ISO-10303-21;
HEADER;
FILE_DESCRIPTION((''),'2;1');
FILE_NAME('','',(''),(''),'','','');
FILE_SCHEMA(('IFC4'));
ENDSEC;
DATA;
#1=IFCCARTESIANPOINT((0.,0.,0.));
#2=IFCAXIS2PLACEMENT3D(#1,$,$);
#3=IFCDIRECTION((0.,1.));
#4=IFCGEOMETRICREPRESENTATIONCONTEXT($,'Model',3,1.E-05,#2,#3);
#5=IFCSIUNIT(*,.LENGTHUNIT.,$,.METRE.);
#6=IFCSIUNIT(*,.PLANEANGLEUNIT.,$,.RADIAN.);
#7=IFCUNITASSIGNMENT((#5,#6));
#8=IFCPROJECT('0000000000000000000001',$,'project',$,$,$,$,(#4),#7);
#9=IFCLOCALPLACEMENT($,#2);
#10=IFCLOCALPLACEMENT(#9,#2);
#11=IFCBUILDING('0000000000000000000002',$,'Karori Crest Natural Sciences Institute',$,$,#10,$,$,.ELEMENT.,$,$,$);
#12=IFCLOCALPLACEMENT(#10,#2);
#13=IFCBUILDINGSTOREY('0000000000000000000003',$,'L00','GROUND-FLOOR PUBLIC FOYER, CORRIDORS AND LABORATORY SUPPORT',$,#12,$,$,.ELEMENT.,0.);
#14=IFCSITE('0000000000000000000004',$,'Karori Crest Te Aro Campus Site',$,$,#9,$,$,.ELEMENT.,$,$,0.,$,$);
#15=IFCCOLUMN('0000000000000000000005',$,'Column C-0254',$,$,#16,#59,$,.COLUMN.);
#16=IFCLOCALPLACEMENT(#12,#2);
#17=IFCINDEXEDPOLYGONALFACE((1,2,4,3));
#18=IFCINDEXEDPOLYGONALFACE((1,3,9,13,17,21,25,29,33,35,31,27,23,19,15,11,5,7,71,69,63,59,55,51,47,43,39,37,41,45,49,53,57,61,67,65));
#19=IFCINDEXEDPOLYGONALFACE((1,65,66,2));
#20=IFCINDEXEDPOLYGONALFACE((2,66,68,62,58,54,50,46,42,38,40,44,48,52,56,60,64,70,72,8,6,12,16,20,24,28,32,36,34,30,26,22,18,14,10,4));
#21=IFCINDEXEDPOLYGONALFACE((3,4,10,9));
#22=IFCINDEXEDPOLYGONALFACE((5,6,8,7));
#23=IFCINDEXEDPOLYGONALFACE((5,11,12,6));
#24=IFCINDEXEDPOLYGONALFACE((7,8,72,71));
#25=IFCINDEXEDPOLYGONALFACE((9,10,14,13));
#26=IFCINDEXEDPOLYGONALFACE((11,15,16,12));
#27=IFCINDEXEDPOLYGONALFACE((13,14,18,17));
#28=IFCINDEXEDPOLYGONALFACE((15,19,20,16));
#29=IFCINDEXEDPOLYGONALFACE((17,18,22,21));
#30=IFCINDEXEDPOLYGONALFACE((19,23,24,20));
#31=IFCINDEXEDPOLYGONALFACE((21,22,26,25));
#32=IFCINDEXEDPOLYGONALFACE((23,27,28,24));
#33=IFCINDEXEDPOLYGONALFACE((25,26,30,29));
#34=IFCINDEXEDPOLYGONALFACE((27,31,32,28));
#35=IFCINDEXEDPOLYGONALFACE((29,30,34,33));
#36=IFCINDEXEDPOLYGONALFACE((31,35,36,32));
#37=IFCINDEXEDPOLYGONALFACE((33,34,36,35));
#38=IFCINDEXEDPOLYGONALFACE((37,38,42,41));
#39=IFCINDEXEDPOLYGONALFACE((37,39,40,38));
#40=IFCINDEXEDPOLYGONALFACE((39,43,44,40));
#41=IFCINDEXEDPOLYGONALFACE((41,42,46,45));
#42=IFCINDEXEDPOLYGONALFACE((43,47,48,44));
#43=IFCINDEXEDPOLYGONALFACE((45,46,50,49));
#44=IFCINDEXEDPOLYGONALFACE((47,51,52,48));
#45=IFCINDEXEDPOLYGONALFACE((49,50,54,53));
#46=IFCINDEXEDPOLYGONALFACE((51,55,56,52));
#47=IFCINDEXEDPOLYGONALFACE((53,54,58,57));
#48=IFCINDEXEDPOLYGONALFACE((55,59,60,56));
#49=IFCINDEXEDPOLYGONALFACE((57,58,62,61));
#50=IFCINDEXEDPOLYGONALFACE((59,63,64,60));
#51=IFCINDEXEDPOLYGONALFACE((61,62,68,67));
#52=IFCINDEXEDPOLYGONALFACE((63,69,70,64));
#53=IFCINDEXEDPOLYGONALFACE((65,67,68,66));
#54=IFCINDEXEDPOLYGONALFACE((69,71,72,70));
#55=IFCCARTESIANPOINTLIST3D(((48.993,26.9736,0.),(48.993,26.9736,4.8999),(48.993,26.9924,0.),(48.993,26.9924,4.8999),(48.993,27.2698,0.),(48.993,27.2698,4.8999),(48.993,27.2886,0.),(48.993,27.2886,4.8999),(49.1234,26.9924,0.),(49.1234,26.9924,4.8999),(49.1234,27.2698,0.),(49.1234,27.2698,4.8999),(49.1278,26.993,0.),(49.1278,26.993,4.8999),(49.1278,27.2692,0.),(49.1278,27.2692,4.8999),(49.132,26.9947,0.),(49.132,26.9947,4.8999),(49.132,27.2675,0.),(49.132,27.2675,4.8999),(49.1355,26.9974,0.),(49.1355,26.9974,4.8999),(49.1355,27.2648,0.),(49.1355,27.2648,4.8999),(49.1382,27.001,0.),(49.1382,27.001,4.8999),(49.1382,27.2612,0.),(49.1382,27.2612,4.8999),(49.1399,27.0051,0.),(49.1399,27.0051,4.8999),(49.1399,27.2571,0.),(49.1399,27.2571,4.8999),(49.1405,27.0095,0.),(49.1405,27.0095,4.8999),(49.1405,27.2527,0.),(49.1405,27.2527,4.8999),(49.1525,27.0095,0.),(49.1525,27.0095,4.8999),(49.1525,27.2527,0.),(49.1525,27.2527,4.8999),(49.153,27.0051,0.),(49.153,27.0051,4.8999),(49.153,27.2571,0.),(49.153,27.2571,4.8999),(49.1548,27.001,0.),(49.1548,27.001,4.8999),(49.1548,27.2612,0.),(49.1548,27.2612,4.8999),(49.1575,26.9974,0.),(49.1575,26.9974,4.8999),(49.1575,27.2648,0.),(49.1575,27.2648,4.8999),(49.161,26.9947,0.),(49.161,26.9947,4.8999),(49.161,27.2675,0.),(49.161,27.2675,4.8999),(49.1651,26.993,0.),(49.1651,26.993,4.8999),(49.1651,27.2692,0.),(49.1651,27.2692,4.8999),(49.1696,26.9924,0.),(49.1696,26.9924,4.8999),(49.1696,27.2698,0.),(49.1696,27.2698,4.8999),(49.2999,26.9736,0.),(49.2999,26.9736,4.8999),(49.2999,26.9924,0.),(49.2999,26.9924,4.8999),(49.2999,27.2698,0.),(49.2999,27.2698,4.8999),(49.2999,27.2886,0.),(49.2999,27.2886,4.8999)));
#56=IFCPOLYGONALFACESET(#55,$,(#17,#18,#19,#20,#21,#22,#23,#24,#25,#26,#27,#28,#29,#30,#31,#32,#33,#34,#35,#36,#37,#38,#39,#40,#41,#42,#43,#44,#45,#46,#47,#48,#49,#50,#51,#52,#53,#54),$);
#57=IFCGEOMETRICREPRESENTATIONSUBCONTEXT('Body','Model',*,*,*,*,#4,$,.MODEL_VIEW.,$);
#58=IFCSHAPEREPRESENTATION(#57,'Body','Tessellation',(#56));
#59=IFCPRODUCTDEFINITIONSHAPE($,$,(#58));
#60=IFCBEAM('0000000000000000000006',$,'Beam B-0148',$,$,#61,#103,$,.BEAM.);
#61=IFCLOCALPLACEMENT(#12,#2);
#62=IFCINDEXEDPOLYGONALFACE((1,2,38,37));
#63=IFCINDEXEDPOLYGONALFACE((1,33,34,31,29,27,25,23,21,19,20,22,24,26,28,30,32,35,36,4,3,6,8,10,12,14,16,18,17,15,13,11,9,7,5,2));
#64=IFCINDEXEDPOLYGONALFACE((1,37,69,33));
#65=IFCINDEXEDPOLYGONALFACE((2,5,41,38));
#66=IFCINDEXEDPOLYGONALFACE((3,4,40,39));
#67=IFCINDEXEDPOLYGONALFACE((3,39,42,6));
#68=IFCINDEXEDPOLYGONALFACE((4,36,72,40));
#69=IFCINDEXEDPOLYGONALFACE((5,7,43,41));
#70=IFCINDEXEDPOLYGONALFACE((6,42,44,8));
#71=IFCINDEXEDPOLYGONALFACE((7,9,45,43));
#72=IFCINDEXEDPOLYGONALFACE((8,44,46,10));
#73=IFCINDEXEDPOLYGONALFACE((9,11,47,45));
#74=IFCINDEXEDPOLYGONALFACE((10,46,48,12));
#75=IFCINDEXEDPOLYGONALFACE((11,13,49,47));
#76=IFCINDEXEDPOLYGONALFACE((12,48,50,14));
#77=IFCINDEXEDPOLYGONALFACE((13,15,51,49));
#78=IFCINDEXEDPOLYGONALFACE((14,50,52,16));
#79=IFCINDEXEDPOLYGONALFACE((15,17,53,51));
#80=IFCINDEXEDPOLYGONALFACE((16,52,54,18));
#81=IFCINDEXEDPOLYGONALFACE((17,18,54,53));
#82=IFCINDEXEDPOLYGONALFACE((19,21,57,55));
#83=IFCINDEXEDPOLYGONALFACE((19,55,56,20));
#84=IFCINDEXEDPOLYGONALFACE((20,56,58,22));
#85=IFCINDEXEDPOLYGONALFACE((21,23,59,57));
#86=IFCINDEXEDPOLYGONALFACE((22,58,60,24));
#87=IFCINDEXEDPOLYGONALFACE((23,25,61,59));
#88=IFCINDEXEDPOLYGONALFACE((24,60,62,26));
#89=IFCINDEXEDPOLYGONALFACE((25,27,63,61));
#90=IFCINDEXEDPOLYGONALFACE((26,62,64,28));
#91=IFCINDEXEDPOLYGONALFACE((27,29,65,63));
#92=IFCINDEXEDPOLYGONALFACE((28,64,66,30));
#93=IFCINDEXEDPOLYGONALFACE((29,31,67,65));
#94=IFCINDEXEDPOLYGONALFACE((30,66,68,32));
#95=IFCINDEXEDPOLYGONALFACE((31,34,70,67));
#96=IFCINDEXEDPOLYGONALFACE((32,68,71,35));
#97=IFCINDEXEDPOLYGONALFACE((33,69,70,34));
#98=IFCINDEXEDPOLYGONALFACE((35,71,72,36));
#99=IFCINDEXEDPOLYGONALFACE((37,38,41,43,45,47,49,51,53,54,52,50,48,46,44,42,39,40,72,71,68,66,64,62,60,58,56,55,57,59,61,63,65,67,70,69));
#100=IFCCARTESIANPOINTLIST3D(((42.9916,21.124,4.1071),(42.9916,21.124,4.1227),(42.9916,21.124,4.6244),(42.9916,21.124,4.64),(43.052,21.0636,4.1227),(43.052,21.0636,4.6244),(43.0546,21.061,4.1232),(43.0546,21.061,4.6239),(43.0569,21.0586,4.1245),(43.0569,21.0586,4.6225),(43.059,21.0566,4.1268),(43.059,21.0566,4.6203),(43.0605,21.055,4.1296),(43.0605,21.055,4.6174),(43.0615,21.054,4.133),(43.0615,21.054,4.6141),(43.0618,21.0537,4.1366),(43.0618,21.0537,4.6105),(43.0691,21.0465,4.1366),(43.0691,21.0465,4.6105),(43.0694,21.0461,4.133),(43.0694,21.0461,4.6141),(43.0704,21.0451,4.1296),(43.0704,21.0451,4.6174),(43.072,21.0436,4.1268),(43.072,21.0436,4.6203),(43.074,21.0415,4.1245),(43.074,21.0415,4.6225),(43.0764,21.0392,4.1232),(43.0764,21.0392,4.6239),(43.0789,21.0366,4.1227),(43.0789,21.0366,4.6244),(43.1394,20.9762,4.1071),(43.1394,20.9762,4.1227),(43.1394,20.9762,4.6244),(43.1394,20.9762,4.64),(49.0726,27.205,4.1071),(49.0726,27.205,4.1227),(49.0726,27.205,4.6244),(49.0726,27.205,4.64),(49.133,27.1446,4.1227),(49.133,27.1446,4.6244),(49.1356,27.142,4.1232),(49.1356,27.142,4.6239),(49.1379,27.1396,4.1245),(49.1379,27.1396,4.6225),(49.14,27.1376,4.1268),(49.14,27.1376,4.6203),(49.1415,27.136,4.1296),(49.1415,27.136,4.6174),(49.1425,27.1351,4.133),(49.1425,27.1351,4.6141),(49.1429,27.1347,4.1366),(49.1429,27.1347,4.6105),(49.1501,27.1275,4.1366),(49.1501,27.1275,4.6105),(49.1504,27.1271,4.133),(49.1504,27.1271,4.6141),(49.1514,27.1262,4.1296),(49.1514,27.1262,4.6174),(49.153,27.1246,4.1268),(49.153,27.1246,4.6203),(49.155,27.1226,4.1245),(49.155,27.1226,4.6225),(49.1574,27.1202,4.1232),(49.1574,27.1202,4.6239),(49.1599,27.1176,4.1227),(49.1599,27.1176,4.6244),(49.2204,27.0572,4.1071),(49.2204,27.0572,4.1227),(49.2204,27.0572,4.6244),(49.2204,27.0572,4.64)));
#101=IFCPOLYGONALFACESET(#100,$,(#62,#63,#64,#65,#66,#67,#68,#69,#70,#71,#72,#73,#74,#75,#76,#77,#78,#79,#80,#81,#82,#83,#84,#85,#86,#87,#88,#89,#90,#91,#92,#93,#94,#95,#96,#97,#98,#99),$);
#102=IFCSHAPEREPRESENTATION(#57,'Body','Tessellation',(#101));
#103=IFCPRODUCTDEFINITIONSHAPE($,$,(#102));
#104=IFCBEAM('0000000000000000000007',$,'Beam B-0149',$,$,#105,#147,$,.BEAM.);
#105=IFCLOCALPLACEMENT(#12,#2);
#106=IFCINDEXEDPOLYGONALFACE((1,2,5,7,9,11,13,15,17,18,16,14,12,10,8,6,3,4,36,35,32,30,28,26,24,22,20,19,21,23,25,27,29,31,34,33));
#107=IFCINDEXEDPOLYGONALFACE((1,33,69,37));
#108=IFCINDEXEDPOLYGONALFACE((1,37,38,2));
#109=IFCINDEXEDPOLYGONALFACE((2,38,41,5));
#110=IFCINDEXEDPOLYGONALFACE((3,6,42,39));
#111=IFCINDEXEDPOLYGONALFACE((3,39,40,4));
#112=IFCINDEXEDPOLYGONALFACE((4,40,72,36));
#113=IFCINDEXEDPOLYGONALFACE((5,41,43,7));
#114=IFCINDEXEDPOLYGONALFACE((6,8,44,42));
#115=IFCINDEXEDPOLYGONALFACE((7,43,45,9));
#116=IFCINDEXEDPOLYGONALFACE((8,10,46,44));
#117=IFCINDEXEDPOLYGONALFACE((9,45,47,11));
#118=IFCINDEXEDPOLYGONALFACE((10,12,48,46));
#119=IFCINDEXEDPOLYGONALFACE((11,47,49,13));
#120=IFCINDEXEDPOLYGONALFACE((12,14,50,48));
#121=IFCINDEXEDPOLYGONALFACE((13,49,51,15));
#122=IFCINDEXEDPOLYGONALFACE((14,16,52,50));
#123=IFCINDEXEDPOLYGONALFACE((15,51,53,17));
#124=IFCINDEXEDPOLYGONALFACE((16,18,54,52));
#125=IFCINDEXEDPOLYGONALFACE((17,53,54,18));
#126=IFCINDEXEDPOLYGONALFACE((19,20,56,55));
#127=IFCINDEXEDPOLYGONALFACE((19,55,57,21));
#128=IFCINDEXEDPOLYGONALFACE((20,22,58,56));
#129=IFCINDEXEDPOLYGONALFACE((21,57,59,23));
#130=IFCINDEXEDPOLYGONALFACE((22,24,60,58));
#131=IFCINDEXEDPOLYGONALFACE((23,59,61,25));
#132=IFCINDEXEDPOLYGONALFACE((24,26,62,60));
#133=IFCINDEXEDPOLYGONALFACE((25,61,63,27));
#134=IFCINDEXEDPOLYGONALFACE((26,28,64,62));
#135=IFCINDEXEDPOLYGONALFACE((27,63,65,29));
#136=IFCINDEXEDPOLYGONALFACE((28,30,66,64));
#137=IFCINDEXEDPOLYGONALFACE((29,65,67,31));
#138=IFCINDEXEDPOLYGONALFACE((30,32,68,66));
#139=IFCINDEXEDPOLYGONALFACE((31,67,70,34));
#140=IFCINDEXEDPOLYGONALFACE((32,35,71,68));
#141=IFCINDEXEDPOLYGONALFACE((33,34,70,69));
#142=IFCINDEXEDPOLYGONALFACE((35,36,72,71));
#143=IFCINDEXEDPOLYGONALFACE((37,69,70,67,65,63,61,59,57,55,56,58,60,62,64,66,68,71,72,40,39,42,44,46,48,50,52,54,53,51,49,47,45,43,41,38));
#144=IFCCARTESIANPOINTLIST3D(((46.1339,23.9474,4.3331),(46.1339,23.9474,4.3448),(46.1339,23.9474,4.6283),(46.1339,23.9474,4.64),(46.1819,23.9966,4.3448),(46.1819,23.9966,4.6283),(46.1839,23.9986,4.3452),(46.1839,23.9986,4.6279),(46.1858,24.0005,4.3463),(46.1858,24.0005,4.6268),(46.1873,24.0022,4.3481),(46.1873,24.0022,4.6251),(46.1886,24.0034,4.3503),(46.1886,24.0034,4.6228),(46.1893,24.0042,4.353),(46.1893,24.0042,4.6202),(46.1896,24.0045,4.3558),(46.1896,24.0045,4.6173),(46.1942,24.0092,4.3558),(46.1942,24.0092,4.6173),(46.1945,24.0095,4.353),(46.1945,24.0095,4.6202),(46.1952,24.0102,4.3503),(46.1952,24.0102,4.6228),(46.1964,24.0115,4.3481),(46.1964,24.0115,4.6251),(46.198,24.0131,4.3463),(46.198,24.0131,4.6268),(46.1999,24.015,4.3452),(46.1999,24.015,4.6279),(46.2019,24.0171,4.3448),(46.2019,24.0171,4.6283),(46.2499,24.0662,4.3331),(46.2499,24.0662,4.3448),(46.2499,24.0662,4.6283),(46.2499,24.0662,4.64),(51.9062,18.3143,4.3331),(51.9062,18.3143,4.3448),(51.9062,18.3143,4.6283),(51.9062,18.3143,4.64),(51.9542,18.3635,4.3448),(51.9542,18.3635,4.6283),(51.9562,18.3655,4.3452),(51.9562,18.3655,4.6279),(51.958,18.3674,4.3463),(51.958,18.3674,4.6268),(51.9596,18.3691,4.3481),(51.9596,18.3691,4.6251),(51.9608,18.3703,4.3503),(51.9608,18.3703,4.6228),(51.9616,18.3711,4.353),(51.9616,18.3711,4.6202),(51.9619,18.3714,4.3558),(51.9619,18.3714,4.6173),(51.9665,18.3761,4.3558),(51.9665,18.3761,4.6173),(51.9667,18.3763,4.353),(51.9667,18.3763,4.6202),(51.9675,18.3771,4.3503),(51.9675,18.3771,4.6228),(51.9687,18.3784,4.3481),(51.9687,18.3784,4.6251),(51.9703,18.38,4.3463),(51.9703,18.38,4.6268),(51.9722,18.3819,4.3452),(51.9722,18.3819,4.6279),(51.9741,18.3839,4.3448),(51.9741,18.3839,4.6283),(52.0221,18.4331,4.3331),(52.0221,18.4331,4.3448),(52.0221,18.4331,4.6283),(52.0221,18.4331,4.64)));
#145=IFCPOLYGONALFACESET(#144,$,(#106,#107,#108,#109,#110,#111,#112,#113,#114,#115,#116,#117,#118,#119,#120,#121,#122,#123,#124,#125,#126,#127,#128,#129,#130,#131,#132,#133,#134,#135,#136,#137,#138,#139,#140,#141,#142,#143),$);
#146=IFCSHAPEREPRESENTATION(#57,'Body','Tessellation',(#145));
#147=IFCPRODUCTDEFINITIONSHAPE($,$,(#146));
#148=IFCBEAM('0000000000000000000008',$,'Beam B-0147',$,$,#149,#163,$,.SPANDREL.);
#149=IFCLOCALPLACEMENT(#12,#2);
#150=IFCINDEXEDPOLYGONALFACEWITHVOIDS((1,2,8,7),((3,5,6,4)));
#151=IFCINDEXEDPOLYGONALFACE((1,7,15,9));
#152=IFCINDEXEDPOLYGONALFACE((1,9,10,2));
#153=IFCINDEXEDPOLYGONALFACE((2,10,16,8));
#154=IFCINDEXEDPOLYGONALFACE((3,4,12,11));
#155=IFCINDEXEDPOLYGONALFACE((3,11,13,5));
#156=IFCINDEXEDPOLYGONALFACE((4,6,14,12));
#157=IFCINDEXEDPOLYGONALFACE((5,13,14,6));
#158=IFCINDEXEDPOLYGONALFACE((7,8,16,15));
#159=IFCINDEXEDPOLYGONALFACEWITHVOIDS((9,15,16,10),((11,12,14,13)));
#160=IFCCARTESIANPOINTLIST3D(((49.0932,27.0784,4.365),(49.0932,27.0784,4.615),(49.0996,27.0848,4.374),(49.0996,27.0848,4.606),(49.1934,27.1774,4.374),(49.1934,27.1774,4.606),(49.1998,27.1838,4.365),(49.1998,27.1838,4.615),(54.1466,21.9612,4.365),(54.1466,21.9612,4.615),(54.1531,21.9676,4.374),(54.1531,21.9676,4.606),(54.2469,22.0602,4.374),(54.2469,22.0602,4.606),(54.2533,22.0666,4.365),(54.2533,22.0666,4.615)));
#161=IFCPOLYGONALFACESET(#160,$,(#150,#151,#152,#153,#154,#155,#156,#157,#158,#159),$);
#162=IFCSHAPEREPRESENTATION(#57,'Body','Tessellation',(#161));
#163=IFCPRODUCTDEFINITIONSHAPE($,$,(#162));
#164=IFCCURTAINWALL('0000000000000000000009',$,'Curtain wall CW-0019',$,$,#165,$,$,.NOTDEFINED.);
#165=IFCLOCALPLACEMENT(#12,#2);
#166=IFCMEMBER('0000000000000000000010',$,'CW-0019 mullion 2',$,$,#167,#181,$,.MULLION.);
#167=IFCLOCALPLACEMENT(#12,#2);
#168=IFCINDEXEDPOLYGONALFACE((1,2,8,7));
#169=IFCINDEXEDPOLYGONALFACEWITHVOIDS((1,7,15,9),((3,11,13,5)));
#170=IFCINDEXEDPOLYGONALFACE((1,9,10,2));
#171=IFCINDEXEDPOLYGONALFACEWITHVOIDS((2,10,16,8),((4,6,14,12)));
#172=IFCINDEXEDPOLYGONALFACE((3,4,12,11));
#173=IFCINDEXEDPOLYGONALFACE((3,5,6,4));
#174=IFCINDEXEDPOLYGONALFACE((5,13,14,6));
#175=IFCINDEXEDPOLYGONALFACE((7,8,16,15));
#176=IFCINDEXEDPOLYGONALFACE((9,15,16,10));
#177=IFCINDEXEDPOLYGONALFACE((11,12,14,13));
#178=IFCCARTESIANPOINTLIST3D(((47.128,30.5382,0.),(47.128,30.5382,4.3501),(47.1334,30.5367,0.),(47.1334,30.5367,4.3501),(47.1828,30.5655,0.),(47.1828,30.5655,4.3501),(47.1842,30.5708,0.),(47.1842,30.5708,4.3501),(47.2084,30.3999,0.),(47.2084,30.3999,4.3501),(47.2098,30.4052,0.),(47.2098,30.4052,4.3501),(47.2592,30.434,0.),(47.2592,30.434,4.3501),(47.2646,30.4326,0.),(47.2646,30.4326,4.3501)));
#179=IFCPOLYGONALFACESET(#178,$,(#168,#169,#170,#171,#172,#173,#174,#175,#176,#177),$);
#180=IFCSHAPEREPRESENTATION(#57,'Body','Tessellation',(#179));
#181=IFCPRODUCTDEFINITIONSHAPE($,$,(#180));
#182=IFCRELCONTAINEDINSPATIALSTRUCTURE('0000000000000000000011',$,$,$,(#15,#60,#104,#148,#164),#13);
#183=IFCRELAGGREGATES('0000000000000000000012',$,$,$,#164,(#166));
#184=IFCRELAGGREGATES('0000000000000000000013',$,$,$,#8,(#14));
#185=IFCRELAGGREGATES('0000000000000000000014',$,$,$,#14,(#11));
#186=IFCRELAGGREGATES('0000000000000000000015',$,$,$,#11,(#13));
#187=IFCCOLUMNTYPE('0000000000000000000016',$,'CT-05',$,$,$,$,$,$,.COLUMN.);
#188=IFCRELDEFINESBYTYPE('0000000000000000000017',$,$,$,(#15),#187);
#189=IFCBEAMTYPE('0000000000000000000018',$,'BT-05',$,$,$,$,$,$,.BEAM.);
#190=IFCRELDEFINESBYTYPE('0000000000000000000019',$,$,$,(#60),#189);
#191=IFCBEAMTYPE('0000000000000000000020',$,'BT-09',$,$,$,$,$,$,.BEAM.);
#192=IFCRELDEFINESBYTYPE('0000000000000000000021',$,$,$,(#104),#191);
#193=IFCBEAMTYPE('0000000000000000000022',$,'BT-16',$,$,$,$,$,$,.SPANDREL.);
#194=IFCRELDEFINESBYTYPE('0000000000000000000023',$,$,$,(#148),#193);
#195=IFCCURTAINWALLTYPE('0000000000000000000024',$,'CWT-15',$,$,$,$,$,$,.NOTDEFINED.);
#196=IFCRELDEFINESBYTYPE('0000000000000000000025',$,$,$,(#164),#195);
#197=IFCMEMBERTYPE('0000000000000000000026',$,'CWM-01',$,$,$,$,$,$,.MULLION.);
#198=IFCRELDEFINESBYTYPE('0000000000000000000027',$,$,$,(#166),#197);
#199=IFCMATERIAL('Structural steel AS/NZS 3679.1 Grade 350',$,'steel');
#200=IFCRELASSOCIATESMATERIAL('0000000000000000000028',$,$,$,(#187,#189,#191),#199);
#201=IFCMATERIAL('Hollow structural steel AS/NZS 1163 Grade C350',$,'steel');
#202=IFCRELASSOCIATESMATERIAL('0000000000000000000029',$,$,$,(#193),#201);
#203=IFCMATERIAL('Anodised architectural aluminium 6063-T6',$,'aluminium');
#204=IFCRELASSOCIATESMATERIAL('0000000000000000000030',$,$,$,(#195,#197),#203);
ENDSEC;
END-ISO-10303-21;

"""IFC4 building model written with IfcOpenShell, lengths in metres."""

from ifc_helpers import new_model, si_unit, direction, frame, origin, origin_2d, place, context, subcontext, project, spatial, hollow_rectangle, i_section, extrude, material, material_profile, profile_set, type_object, element, aggregate, save


model = new_model("IFC4")

# Units and contexts
model_context = context("Model", 3, precision=1e-05, world=origin(), true_north=direction((0.0, 1.0)))
body_context = subcontext(model_context, "Body", "Model", "MODEL_VIEW")
ifc_project = project(units=[si_unit("LENGTHUNIT", "METRE"), si_unit("PLANEANGLEUNIT", "RADIAN")], contexts=[model_context])

# Site, building, storey
site_placement = place(None, origin())
site = spatial("IfcSite", under=ifc_project, at=site_placement, Name="Karori Crest Te Aro Campus Site", CompositionType="ELEMENT", RefElevation=0.0)
building_placement = place(site_placement, origin())
building = spatial("IfcBuilding", under=site, at=building_placement, Name="Karori Crest Natural Sciences Institute", CompositionType="ELEMENT")
storey_placement = place(building_placement, origin())
storey = spatial("IfcBuildingStorey", under=building, at=storey_placement, Name="L00", Description="GROUND-FLOOR PUBLIC FOYER, CORRIDORS AND LABORATORY SUPPORT", CompositionType="ELEMENT", Elevation=0.0)

# Column
ifc_material_1 = material(Name="Structural steel AS/NZS 3679.1 Grade 350", Category="steel")
ifc_material_profile_1 = material_profile(ifc_material_1, i_section(OverallWidth=0.3069, OverallDepth=0.3149, WebThickness=0.012, FlangeThickness=0.0188, FilletRadius=0.0171, at=origin_2d()), Name="310UC118")
ifc_profile_set_1 = profile_set([ifc_material_profile_1], Name="Structural steel AS/NZS 3679.1 Grade 350")
column_type = type_object("IfcColumnType", Name="CT-05", PredefinedType="COLUMN", material=ifc_profile_set_1)
column_placement = place(storey_placement, frame((49.1465, 27.1311, 0.0), z_axis=(0.0, 0.0, 1.0), x_axis=(1.0, 0.0, 0.0)))
element("IfcColumn", 1, at=column_placement, inside=storey, type_object=column_type, Name="Column C-0254", PredefinedType="COLUMN", context=body_context, shape_type="SweptSolid", body=[
    extrude(i_section(OverallWidth=0.3069, OverallDepth=0.3149, WebThickness=0.012, FlangeThickness=0.0188, FilletRadius=0.0171, at=origin_2d()), origin(), (0.0, 0.0, 1.0), 4.8999),
])

# Beams
ifc_material_profile_2 = material_profile(ifc_material_1, i_section(OverallWidth=0.209, OverallDepth=0.533, WebThickness=0.0103, FlangeThickness=0.0156, FilletRadius=0.0139, at=origin_2d()), Name="530UB92.4")
ifc_profile_set_2 = profile_set([ifc_material_profile_2], Name="Structural steel AS/NZS 3679.1 Grade 350")
beam_type_1 = type_object("IfcBeamType", Name="BT-05", PredefinedType="BEAM", material=ifc_profile_set_2)
beam_1_placement = place(storey_placement, frame((49.1465, 27.1311, 4.3735), z_axis=(-0.707107, -0.707107, 0.0), x_axis=(0.707107, -0.707107, 0.0)))
element("IfcBeam", 2, at=beam_1_placement, inside=storey, type_object=beam_type_1, Name="Beam B-0148", PredefinedType="BEAM", context=body_context, shape_type="SweptSolid", body=[
    extrude(i_section(OverallWidth=0.209, OverallDepth=0.533, WebThickness=0.0103, FlangeThickness=0.0156, FilletRadius=0.0139, at=origin_2d()), origin(), (0.0, 0.0, 1.0), 8.5999),
])
ifc_material_profile_3 = material_profile(ifc_material_1, i_section(OverallWidth=0.166, OverallDepth=0.3069, WebThickness=0.0066, FlangeThickness=0.0117, FilletRadius=0.011, at=origin_2d()), Name="310UB46.2")
ifc_profile_set_3 = profile_set([ifc_material_profile_3], Name="Structural steel AS/NZS 3679.1 Grade 350")
beam_type_2 = type_object("IfcBeamType", Name="BT-09", PredefinedType="BEAM", material=ifc_profile_set_3)
beam_2_placement = place(storey_placement, frame((46.1919, 24.0068, 4.4866), z_axis=(0.715681, -0.698427, 0.0), x_axis=(0.698427, 0.715681, 0.0)))
element("IfcBeam", 3, at=beam_2_placement, inside=storey, type_object=beam_type_2, Name="Beam B-0149", PredefinedType="BEAM", context=body_context, shape_type="SweptSolid", body=[
    extrude(i_section(OverallWidth=0.166, OverallDepth=0.3069, WebThickness=0.0066, FlangeThickness=0.0117, FilletRadius=0.011, at=origin_2d()), origin(), (0.0, 0.0, 1.0), 8.0654),
])
ifc_material_2 = material(Name="Hollow structural steel AS/NZS 1163 Grade C350", Category="steel")
ifc_material_profile_4 = material_profile(ifc_material_2, hollow_rectangle(XDim=0.1499, YDim=0.25, WallThickness=0.009, at=origin_2d()), Name="RHS250x150x9")
ifc_profile_set_4 = profile_set([ifc_material_profile_4], Name="Hollow structural steel AS/NZS 1163 Grade C350")
beam_type_3 = type_object("IfcBeamType", Name="BT-16", PredefinedType="SPANDREL", material=ifc_profile_set_4)
beam_3_placement = place(storey_placement, frame((49.1465, 27.1311, 4.49), z_axis=(0.702663, -0.711523, 0.0), x_axis=(0.711523, 0.702663, 0.0)))
element("IfcBeam", 4, at=beam_3_placement, inside=storey, type_object=beam_type_3, Name="Beam B-0147", PredefinedType="SPANDREL", context=body_context, shape_type="SweptSolid", body=[
    extrude(hollow_rectangle(XDim=0.1499, YDim=0.25, WallThickness=0.009, at=origin_2d()), origin(), (0.0, 0.0, 1.0), 7.1919),
])

# Curtain wall, member
ifc_material_3 = material(Name="Anodised architectural aluminium 6063-T6", Category="aluminium")
curtain_wall_type_1 = type_object("IfcCurtainWallType", Name="CWT-15", PredefinedType="NOTDEFINED", material=ifc_material_3)
curtain_wall_1_placement = place(storey_placement, origin())
curtain_wall_1 = element("IfcCurtainWall", 5, at=curtain_wall_1_placement, inside=storey, type_object=curtain_wall_type_1, Name="Curtain wall CW-0019", PredefinedType="NOTDEFINED")
ifc_material_profile_5 = material_profile(ifc_material_3, hollow_rectangle(XDim=0.0649, YDim=0.1599, WallThickness=0.0039, at=origin_2d()), Name="CWM160x65x4")
ifc_profile_set_5 = profile_set([ifc_material_profile_5], Name="Anodised architectural aluminium 6063-T6")
member_type_1 = type_object("IfcMemberType", Name="CWM-01", PredefinedType="MULLION", material=ifc_profile_set_5)
member_1_placement = place(storey_placement, frame((47.1963, 30.4854, 0.0), z_axis=(0.0, 0.0, 1.0), x_axis=(0.864484, 0.50266, 0.0)))
member_1 = element("IfcMember", 6, at=member_1_placement, type_object=member_type_1, Name="CW-0019 mullion 2", PredefinedType="MULLION", context=body_context, shape_type="SweptSolid", body=[
    extrude(hollow_rectangle(XDim=0.0649, YDim=0.1599, WallThickness=0.0039, at=origin_2d()), origin(), (0.0, 0.0, 1.0), 4.3501),
])

aggregate(curtain_wall_1, [member_1])

save(model, "model.ifc")
